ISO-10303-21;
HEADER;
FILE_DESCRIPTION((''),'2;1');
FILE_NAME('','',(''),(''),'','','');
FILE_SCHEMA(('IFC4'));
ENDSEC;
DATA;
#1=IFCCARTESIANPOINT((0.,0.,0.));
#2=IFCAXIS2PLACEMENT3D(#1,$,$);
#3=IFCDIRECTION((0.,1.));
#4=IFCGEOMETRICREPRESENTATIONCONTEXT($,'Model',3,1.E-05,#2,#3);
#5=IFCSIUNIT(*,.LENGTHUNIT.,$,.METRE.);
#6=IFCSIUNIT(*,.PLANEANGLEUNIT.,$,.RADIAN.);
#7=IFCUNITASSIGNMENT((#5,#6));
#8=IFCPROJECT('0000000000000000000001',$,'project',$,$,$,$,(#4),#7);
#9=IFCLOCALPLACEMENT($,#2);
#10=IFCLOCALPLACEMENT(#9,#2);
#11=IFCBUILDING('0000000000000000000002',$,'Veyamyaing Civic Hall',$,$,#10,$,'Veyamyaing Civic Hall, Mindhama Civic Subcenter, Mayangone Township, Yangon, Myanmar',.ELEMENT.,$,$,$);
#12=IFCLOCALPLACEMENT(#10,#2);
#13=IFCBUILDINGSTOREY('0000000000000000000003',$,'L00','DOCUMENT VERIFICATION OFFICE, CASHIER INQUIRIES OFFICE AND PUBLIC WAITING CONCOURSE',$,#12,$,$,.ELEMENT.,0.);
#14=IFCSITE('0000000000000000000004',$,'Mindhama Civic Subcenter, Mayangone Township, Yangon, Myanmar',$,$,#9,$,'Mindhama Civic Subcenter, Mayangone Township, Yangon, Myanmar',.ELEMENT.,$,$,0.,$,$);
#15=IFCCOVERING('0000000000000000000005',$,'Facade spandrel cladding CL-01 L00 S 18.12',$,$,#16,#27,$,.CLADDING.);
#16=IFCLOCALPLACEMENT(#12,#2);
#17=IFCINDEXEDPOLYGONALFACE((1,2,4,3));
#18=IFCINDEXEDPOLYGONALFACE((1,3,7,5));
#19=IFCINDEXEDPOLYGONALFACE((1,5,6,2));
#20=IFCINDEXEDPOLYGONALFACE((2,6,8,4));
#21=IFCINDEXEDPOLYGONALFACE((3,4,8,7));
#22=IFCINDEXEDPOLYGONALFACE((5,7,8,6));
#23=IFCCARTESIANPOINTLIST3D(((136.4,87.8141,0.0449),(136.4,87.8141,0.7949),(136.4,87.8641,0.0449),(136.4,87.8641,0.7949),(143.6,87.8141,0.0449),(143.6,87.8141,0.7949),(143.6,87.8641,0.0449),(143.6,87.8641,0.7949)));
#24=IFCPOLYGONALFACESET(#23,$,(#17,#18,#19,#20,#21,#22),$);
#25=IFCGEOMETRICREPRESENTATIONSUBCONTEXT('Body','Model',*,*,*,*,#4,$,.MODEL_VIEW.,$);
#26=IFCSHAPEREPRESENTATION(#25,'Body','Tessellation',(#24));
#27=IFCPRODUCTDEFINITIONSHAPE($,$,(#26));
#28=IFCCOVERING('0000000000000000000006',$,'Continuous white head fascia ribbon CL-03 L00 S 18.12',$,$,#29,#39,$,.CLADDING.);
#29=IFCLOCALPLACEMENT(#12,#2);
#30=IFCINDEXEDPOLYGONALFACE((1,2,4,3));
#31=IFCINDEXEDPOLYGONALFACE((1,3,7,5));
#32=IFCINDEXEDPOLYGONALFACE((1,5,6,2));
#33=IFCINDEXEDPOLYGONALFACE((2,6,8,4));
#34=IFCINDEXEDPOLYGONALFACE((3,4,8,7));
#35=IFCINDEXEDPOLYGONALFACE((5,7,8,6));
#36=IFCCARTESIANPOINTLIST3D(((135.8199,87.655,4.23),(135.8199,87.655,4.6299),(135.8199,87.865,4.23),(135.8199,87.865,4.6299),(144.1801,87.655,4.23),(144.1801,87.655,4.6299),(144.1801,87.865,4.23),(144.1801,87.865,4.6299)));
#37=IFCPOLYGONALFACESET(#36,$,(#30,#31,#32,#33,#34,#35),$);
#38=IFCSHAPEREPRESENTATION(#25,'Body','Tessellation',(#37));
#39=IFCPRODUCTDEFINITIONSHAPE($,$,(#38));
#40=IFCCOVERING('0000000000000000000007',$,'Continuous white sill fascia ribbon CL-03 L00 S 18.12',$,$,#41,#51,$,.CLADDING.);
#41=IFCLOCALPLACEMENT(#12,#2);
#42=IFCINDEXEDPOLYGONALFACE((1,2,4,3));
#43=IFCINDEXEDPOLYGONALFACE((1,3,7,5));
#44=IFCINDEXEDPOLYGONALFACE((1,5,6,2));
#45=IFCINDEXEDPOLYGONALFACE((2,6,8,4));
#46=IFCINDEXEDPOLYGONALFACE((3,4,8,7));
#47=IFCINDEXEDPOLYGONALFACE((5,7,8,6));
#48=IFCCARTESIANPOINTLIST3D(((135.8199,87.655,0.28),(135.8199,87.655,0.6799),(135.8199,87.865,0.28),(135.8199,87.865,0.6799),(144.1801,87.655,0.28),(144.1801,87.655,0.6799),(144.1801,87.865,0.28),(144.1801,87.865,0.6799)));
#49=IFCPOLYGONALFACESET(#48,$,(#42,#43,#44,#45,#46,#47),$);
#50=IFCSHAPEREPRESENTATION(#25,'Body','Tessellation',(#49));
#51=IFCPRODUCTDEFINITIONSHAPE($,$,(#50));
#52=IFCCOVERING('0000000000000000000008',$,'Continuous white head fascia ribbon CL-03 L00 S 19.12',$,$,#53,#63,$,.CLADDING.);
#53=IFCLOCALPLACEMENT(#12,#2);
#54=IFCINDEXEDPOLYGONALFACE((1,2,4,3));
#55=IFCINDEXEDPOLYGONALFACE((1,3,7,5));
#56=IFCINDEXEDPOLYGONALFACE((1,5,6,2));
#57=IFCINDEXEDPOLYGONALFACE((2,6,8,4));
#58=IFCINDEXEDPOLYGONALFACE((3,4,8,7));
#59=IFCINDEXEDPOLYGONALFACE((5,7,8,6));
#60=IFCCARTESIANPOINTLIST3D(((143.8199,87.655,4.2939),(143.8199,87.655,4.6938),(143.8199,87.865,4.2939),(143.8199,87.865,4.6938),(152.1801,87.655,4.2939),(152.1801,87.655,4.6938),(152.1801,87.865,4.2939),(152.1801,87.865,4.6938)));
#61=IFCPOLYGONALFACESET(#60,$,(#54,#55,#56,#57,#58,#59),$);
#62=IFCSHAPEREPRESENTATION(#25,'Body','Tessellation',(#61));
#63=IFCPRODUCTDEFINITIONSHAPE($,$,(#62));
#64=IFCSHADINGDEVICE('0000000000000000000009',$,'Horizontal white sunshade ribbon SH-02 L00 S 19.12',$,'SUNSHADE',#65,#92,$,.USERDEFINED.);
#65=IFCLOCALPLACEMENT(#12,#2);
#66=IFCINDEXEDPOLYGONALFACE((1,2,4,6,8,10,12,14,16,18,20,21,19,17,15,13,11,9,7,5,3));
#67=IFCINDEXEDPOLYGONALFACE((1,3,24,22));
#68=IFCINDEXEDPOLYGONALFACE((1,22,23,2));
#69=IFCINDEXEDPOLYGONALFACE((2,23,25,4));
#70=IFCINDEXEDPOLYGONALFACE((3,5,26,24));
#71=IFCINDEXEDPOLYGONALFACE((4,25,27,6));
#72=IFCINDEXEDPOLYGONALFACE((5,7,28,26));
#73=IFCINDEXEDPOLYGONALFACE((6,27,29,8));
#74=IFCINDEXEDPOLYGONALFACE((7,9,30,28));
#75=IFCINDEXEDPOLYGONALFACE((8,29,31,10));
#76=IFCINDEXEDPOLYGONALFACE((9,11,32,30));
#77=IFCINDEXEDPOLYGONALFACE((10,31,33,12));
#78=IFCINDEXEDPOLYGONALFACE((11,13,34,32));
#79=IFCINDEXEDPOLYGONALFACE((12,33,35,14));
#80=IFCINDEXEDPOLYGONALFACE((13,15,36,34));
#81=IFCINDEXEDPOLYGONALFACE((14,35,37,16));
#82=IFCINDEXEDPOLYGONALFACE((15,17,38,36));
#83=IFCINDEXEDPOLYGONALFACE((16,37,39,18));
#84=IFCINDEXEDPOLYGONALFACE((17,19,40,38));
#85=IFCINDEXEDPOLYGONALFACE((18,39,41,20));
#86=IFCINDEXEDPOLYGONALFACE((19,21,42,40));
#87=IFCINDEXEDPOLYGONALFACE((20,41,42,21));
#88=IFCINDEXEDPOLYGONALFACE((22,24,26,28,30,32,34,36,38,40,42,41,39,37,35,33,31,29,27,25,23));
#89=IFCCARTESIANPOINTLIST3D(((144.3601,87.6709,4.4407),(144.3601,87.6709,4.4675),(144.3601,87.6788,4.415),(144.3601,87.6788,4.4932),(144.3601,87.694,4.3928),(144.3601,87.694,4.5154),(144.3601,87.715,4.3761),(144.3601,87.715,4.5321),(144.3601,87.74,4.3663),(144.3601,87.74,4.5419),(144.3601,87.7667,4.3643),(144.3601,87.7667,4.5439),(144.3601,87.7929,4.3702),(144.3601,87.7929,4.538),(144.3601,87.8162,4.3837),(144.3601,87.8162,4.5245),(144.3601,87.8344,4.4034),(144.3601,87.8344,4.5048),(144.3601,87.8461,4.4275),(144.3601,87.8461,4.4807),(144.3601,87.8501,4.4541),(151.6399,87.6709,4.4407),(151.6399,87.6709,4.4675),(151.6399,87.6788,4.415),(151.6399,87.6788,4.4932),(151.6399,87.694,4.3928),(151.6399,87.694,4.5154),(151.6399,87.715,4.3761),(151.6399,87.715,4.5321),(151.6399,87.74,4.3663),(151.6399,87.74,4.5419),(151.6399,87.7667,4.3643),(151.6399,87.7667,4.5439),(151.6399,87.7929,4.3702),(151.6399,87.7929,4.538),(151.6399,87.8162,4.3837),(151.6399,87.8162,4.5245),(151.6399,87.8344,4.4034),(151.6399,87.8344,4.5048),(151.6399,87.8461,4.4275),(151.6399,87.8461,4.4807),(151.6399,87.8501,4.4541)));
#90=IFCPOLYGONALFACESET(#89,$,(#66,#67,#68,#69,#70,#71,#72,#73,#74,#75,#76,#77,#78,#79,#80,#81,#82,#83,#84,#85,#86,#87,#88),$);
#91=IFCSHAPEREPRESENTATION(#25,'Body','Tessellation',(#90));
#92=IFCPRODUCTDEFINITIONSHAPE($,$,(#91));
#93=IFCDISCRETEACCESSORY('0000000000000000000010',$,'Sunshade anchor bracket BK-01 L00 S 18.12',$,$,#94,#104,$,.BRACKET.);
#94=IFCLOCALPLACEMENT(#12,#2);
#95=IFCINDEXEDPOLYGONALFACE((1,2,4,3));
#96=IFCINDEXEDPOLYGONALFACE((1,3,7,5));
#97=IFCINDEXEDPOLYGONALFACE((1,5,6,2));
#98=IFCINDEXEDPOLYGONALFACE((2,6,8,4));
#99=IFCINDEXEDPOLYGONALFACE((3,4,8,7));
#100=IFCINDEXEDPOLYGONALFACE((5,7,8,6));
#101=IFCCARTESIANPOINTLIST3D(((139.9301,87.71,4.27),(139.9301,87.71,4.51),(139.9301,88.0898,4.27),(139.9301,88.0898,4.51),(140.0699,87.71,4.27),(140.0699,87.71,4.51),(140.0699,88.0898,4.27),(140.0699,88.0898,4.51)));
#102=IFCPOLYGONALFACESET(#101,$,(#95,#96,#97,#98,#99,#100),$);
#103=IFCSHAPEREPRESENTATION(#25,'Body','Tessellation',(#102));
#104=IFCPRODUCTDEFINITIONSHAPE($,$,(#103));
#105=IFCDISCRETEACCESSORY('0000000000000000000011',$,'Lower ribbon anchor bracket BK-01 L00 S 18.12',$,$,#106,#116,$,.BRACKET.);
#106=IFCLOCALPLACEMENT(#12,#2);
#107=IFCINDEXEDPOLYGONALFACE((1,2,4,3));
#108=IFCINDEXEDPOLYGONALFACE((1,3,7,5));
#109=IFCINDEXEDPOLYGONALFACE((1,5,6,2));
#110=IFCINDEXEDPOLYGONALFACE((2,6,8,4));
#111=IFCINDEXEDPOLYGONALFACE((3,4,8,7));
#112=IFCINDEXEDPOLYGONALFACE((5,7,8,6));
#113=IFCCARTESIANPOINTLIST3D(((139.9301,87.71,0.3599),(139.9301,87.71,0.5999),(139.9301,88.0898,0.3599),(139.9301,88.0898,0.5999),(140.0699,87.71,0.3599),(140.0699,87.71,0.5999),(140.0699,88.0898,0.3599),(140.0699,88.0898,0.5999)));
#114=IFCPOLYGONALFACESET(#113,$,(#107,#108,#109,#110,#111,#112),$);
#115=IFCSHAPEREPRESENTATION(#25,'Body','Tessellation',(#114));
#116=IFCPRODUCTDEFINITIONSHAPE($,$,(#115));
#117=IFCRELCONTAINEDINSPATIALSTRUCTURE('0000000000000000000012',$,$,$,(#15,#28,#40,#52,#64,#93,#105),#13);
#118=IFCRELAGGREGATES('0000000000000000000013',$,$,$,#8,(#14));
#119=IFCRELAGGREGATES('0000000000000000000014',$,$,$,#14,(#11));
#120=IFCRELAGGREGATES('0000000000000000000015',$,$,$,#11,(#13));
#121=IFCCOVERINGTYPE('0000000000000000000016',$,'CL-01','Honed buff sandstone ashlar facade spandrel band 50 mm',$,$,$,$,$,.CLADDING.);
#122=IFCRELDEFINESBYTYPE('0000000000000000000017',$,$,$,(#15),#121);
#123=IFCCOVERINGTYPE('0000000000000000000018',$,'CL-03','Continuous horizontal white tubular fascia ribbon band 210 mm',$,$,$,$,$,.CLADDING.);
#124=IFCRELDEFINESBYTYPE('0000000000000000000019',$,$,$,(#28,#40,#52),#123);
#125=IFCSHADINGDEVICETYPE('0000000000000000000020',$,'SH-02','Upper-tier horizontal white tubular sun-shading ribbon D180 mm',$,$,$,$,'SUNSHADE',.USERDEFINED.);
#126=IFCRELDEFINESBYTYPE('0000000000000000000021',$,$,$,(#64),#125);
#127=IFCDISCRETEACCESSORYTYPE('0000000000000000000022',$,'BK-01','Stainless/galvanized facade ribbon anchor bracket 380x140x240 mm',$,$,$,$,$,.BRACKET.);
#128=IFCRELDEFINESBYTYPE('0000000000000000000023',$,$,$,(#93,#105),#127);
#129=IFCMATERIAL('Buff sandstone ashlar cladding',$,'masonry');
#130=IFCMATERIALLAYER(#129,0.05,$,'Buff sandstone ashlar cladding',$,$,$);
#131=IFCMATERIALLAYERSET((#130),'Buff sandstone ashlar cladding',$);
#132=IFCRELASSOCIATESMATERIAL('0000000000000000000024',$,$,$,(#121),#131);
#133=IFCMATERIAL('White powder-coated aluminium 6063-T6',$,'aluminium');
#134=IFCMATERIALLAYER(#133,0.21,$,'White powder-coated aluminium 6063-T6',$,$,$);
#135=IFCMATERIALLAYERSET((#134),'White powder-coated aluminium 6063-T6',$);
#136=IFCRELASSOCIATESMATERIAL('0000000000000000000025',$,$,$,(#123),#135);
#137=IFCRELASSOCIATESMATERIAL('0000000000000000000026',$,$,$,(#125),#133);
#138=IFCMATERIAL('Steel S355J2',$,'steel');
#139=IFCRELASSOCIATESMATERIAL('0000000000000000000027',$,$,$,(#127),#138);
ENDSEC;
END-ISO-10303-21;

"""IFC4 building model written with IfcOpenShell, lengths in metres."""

from ifc_helpers import new_model, si_unit, direction, frame, origin, origin_2d, place, context, subcontext, project, spatial, rectangle, circle, extrude, material, layer, layer_set, material_profile, profile_set, type_object, element, save


model = new_model("IFC4")

# Units and contexts
model_context = context("Model", 3, precision=1e-05, world=origin(), true_north=direction((0.0, 1.0)))
body_context = subcontext(model_context, "Body", "Model", "MODEL_VIEW")
ifc_project = project(units=[si_unit("LENGTHUNIT", "METRE"), si_unit("PLANEANGLEUNIT", "RADIAN")], contexts=[model_context])

# Site, building, storey
site_placement = place(None, origin())
site = spatial("IfcSite", under=ifc_project, at=site_placement, Name="Mindhama Civic Subcenter, Mayangone Township, Yangon, Myanmar", LongName="Mindhama Civic Subcenter, Mayangone Township, Yangon, Myanmar", CompositionType="ELEMENT", RefElevation=0.0)
building_placement = place(site_placement, origin())
building = spatial("IfcBuilding", under=site, at=building_placement, Name="Veyamyaing Civic Hall", LongName="Veyamyaing Civic Hall, Mindhama Civic Subcenter, Mayangone Township, Yangon, Myanmar", CompositionType="ELEMENT")
storey_placement = place(building_placement, origin())
storey = spatial("IfcBuildingStorey", under=building, at=storey_placement, Name="L00", Description="DOCUMENT VERIFICATION OFFICE, CASHIER INQUIRIES OFFICE AND PUBLIC WAITING CONCOURSE", CompositionType="ELEMENT", Elevation=0.0)

# Coverings
ifc_material_1 = material(Name="Buff sandstone ashlar cladding", Category="masonry")
ifc_layer_1 = layer(ifc_material_1, 0.05, Name="Buff sandstone ashlar cladding")
ifc_layer_set_1 = layer_set([ifc_layer_1], Name="Buff sandstone ashlar cladding")
covering_type_1 = type_object("IfcCoveringType", Name="CL-01", Description="Honed buff sandstone ashlar facade spandrel band 50 mm", PredefinedType="CLADDING", material=ifc_layer_set_1)
covering_placement = place(storey_placement, frame((140.0, 87.8391, 0.0449), z_axis=(0.0, 0.0, 1.0), x_axis=(1.0, 0.0, 0.0)))
element("IfcCovering", 1, at=covering_placement, inside=storey, type_object=covering_type_1, Name="Facade spandrel cladding CL-01 L00 S 18.12", PredefinedType="CLADDING", context=body_context, shape_type="SweptSolid", body=[
    extrude(rectangle(XDim=7.2, YDim=0.05, at=origin_2d()), origin(), (0.0, 0.0, 1.0), 0.75),
])
ifc_material_2 = material(Name="White powder-coated aluminium 6063-T6", Category="aluminium")
ifc_layer_2 = layer(ifc_material_2, 0.21, Name="White powder-coated aluminium 6063-T6")
ifc_layer_set_2 = layer_set([ifc_layer_2], Name="White powder-coated aluminium 6063-T6")
covering_type_2 = type_object("IfcCoveringType", Name="CL-03", Description="Continuous horizontal white tubular fascia ribbon band 210 mm", PredefinedType="CLADDING", material=ifc_layer_set_2)
for number, where, z_axis, x_axis, name in (
    (2, (140.0, 87.76, 4.23), (0.0, 0.0, 1.0), (1.0, 0.0, 0.0), "Continuous white head fascia ribbon CL-03 L00 S 18.12"),
    (3, (140.0, 87.76, 0.28), (0.0, 0.0, 1.0), (1.0, 0.0, 0.0), "Continuous white sill fascia ribbon CL-03 L00 S 18.12"),
    (4, (148.0, 87.76, 4.2939), (0.0, 0.0, 1.0), (1.0, 0.0, 0.0), "Continuous white head fascia ribbon CL-03 L00 S 19.12"),
):
    element("IfcCovering", number, at=place(storey_placement, frame(where, z_axis=z_axis, x_axis=x_axis)), inside=storey, type_object=covering_type_2, Name=name, PredefinedType="CLADDING", context=body_context, shape_type="SweptSolid", body=[
        extrude(rectangle(XDim=8.3601, YDim=0.21, at=origin_2d()), origin(), (0.0, 0.0, 1.0), 0.3999),
    ])

# Shading device
ifc_material_profile_1 = material_profile(ifc_material_2, circle(Radius=0.0901, at=origin_2d()), Name="SHADE-TUBE-180")
ifc_profile_set_1 = profile_set([ifc_material_profile_1], Name="White powder-coated aluminium 6063-T6")
shading_device_type = type_object("IfcShadingDeviceType", Name="SH-02", Description="Upper-tier horizontal white tubular sun-shading ribbon D180 mm", ElementType="SUNSHADE", PredefinedType="USERDEFINED", material=ifc_profile_set_1)
shading_device_placement = place(storey_placement, frame((144.3601, 87.76, 4.4541), z_axis=(1.0, 0.0, 0.0), x_axis=(0.0, 1.0, 0.0)))
element("IfcShadingDevice", 5, at=shading_device_placement, inside=storey, type_object=shading_device_type, Name="Horizontal white sunshade ribbon SH-02 L00 S 19.12", ObjectType="SUNSHADE", PredefinedType="USERDEFINED", context=body_context, shape_type="SweptSolid", body=[
    extrude(circle(Radius=0.0901, at=origin_2d()), origin(), (0.0, 0.0, 1.0), 7.2798),
])

# Discrete accessories
ifc_material_3 = material(Name="Steel S355J2", Category="steel")
discrete_accessory_type = type_object("IfcDiscreteAccessoryType", Name="BK-01", Description="Stainless/galvanized facade ribbon anchor bracket 380x140x240 mm", PredefinedType="BRACKET", material=ifc_material_3)
for number, where, z_axis, x_axis, name in (
    (6, (140.0, 87.8999, 4.27), (0.0, 0.0, 1.0), (0.0, -1.0, 0.0), "Sunshade anchor bracket BK-01 L00 S 18.12"),
    (7, (140.0, 87.8999, 0.3599), (0.0, 0.0, 1.0), (0.0, -1.0, 0.0), "Lower ribbon anchor bracket BK-01 L00 S 18.12"),
):
    element("IfcDiscreteAccessory", number, at=place(storey_placement, frame(where, z_axis=z_axis, x_axis=x_axis)), inside=storey, type_object=discrete_accessory_type, Name=name, PredefinedType="BRACKET", context=body_context, shape_type="SweptSolid", body=[
        extrude(rectangle(XDim=0.3799, YDim=0.1399, at=origin_2d()), origin(), (0.0, 0.0, 1.0), 0.24),
    ])

save(model, "model.ifc")
